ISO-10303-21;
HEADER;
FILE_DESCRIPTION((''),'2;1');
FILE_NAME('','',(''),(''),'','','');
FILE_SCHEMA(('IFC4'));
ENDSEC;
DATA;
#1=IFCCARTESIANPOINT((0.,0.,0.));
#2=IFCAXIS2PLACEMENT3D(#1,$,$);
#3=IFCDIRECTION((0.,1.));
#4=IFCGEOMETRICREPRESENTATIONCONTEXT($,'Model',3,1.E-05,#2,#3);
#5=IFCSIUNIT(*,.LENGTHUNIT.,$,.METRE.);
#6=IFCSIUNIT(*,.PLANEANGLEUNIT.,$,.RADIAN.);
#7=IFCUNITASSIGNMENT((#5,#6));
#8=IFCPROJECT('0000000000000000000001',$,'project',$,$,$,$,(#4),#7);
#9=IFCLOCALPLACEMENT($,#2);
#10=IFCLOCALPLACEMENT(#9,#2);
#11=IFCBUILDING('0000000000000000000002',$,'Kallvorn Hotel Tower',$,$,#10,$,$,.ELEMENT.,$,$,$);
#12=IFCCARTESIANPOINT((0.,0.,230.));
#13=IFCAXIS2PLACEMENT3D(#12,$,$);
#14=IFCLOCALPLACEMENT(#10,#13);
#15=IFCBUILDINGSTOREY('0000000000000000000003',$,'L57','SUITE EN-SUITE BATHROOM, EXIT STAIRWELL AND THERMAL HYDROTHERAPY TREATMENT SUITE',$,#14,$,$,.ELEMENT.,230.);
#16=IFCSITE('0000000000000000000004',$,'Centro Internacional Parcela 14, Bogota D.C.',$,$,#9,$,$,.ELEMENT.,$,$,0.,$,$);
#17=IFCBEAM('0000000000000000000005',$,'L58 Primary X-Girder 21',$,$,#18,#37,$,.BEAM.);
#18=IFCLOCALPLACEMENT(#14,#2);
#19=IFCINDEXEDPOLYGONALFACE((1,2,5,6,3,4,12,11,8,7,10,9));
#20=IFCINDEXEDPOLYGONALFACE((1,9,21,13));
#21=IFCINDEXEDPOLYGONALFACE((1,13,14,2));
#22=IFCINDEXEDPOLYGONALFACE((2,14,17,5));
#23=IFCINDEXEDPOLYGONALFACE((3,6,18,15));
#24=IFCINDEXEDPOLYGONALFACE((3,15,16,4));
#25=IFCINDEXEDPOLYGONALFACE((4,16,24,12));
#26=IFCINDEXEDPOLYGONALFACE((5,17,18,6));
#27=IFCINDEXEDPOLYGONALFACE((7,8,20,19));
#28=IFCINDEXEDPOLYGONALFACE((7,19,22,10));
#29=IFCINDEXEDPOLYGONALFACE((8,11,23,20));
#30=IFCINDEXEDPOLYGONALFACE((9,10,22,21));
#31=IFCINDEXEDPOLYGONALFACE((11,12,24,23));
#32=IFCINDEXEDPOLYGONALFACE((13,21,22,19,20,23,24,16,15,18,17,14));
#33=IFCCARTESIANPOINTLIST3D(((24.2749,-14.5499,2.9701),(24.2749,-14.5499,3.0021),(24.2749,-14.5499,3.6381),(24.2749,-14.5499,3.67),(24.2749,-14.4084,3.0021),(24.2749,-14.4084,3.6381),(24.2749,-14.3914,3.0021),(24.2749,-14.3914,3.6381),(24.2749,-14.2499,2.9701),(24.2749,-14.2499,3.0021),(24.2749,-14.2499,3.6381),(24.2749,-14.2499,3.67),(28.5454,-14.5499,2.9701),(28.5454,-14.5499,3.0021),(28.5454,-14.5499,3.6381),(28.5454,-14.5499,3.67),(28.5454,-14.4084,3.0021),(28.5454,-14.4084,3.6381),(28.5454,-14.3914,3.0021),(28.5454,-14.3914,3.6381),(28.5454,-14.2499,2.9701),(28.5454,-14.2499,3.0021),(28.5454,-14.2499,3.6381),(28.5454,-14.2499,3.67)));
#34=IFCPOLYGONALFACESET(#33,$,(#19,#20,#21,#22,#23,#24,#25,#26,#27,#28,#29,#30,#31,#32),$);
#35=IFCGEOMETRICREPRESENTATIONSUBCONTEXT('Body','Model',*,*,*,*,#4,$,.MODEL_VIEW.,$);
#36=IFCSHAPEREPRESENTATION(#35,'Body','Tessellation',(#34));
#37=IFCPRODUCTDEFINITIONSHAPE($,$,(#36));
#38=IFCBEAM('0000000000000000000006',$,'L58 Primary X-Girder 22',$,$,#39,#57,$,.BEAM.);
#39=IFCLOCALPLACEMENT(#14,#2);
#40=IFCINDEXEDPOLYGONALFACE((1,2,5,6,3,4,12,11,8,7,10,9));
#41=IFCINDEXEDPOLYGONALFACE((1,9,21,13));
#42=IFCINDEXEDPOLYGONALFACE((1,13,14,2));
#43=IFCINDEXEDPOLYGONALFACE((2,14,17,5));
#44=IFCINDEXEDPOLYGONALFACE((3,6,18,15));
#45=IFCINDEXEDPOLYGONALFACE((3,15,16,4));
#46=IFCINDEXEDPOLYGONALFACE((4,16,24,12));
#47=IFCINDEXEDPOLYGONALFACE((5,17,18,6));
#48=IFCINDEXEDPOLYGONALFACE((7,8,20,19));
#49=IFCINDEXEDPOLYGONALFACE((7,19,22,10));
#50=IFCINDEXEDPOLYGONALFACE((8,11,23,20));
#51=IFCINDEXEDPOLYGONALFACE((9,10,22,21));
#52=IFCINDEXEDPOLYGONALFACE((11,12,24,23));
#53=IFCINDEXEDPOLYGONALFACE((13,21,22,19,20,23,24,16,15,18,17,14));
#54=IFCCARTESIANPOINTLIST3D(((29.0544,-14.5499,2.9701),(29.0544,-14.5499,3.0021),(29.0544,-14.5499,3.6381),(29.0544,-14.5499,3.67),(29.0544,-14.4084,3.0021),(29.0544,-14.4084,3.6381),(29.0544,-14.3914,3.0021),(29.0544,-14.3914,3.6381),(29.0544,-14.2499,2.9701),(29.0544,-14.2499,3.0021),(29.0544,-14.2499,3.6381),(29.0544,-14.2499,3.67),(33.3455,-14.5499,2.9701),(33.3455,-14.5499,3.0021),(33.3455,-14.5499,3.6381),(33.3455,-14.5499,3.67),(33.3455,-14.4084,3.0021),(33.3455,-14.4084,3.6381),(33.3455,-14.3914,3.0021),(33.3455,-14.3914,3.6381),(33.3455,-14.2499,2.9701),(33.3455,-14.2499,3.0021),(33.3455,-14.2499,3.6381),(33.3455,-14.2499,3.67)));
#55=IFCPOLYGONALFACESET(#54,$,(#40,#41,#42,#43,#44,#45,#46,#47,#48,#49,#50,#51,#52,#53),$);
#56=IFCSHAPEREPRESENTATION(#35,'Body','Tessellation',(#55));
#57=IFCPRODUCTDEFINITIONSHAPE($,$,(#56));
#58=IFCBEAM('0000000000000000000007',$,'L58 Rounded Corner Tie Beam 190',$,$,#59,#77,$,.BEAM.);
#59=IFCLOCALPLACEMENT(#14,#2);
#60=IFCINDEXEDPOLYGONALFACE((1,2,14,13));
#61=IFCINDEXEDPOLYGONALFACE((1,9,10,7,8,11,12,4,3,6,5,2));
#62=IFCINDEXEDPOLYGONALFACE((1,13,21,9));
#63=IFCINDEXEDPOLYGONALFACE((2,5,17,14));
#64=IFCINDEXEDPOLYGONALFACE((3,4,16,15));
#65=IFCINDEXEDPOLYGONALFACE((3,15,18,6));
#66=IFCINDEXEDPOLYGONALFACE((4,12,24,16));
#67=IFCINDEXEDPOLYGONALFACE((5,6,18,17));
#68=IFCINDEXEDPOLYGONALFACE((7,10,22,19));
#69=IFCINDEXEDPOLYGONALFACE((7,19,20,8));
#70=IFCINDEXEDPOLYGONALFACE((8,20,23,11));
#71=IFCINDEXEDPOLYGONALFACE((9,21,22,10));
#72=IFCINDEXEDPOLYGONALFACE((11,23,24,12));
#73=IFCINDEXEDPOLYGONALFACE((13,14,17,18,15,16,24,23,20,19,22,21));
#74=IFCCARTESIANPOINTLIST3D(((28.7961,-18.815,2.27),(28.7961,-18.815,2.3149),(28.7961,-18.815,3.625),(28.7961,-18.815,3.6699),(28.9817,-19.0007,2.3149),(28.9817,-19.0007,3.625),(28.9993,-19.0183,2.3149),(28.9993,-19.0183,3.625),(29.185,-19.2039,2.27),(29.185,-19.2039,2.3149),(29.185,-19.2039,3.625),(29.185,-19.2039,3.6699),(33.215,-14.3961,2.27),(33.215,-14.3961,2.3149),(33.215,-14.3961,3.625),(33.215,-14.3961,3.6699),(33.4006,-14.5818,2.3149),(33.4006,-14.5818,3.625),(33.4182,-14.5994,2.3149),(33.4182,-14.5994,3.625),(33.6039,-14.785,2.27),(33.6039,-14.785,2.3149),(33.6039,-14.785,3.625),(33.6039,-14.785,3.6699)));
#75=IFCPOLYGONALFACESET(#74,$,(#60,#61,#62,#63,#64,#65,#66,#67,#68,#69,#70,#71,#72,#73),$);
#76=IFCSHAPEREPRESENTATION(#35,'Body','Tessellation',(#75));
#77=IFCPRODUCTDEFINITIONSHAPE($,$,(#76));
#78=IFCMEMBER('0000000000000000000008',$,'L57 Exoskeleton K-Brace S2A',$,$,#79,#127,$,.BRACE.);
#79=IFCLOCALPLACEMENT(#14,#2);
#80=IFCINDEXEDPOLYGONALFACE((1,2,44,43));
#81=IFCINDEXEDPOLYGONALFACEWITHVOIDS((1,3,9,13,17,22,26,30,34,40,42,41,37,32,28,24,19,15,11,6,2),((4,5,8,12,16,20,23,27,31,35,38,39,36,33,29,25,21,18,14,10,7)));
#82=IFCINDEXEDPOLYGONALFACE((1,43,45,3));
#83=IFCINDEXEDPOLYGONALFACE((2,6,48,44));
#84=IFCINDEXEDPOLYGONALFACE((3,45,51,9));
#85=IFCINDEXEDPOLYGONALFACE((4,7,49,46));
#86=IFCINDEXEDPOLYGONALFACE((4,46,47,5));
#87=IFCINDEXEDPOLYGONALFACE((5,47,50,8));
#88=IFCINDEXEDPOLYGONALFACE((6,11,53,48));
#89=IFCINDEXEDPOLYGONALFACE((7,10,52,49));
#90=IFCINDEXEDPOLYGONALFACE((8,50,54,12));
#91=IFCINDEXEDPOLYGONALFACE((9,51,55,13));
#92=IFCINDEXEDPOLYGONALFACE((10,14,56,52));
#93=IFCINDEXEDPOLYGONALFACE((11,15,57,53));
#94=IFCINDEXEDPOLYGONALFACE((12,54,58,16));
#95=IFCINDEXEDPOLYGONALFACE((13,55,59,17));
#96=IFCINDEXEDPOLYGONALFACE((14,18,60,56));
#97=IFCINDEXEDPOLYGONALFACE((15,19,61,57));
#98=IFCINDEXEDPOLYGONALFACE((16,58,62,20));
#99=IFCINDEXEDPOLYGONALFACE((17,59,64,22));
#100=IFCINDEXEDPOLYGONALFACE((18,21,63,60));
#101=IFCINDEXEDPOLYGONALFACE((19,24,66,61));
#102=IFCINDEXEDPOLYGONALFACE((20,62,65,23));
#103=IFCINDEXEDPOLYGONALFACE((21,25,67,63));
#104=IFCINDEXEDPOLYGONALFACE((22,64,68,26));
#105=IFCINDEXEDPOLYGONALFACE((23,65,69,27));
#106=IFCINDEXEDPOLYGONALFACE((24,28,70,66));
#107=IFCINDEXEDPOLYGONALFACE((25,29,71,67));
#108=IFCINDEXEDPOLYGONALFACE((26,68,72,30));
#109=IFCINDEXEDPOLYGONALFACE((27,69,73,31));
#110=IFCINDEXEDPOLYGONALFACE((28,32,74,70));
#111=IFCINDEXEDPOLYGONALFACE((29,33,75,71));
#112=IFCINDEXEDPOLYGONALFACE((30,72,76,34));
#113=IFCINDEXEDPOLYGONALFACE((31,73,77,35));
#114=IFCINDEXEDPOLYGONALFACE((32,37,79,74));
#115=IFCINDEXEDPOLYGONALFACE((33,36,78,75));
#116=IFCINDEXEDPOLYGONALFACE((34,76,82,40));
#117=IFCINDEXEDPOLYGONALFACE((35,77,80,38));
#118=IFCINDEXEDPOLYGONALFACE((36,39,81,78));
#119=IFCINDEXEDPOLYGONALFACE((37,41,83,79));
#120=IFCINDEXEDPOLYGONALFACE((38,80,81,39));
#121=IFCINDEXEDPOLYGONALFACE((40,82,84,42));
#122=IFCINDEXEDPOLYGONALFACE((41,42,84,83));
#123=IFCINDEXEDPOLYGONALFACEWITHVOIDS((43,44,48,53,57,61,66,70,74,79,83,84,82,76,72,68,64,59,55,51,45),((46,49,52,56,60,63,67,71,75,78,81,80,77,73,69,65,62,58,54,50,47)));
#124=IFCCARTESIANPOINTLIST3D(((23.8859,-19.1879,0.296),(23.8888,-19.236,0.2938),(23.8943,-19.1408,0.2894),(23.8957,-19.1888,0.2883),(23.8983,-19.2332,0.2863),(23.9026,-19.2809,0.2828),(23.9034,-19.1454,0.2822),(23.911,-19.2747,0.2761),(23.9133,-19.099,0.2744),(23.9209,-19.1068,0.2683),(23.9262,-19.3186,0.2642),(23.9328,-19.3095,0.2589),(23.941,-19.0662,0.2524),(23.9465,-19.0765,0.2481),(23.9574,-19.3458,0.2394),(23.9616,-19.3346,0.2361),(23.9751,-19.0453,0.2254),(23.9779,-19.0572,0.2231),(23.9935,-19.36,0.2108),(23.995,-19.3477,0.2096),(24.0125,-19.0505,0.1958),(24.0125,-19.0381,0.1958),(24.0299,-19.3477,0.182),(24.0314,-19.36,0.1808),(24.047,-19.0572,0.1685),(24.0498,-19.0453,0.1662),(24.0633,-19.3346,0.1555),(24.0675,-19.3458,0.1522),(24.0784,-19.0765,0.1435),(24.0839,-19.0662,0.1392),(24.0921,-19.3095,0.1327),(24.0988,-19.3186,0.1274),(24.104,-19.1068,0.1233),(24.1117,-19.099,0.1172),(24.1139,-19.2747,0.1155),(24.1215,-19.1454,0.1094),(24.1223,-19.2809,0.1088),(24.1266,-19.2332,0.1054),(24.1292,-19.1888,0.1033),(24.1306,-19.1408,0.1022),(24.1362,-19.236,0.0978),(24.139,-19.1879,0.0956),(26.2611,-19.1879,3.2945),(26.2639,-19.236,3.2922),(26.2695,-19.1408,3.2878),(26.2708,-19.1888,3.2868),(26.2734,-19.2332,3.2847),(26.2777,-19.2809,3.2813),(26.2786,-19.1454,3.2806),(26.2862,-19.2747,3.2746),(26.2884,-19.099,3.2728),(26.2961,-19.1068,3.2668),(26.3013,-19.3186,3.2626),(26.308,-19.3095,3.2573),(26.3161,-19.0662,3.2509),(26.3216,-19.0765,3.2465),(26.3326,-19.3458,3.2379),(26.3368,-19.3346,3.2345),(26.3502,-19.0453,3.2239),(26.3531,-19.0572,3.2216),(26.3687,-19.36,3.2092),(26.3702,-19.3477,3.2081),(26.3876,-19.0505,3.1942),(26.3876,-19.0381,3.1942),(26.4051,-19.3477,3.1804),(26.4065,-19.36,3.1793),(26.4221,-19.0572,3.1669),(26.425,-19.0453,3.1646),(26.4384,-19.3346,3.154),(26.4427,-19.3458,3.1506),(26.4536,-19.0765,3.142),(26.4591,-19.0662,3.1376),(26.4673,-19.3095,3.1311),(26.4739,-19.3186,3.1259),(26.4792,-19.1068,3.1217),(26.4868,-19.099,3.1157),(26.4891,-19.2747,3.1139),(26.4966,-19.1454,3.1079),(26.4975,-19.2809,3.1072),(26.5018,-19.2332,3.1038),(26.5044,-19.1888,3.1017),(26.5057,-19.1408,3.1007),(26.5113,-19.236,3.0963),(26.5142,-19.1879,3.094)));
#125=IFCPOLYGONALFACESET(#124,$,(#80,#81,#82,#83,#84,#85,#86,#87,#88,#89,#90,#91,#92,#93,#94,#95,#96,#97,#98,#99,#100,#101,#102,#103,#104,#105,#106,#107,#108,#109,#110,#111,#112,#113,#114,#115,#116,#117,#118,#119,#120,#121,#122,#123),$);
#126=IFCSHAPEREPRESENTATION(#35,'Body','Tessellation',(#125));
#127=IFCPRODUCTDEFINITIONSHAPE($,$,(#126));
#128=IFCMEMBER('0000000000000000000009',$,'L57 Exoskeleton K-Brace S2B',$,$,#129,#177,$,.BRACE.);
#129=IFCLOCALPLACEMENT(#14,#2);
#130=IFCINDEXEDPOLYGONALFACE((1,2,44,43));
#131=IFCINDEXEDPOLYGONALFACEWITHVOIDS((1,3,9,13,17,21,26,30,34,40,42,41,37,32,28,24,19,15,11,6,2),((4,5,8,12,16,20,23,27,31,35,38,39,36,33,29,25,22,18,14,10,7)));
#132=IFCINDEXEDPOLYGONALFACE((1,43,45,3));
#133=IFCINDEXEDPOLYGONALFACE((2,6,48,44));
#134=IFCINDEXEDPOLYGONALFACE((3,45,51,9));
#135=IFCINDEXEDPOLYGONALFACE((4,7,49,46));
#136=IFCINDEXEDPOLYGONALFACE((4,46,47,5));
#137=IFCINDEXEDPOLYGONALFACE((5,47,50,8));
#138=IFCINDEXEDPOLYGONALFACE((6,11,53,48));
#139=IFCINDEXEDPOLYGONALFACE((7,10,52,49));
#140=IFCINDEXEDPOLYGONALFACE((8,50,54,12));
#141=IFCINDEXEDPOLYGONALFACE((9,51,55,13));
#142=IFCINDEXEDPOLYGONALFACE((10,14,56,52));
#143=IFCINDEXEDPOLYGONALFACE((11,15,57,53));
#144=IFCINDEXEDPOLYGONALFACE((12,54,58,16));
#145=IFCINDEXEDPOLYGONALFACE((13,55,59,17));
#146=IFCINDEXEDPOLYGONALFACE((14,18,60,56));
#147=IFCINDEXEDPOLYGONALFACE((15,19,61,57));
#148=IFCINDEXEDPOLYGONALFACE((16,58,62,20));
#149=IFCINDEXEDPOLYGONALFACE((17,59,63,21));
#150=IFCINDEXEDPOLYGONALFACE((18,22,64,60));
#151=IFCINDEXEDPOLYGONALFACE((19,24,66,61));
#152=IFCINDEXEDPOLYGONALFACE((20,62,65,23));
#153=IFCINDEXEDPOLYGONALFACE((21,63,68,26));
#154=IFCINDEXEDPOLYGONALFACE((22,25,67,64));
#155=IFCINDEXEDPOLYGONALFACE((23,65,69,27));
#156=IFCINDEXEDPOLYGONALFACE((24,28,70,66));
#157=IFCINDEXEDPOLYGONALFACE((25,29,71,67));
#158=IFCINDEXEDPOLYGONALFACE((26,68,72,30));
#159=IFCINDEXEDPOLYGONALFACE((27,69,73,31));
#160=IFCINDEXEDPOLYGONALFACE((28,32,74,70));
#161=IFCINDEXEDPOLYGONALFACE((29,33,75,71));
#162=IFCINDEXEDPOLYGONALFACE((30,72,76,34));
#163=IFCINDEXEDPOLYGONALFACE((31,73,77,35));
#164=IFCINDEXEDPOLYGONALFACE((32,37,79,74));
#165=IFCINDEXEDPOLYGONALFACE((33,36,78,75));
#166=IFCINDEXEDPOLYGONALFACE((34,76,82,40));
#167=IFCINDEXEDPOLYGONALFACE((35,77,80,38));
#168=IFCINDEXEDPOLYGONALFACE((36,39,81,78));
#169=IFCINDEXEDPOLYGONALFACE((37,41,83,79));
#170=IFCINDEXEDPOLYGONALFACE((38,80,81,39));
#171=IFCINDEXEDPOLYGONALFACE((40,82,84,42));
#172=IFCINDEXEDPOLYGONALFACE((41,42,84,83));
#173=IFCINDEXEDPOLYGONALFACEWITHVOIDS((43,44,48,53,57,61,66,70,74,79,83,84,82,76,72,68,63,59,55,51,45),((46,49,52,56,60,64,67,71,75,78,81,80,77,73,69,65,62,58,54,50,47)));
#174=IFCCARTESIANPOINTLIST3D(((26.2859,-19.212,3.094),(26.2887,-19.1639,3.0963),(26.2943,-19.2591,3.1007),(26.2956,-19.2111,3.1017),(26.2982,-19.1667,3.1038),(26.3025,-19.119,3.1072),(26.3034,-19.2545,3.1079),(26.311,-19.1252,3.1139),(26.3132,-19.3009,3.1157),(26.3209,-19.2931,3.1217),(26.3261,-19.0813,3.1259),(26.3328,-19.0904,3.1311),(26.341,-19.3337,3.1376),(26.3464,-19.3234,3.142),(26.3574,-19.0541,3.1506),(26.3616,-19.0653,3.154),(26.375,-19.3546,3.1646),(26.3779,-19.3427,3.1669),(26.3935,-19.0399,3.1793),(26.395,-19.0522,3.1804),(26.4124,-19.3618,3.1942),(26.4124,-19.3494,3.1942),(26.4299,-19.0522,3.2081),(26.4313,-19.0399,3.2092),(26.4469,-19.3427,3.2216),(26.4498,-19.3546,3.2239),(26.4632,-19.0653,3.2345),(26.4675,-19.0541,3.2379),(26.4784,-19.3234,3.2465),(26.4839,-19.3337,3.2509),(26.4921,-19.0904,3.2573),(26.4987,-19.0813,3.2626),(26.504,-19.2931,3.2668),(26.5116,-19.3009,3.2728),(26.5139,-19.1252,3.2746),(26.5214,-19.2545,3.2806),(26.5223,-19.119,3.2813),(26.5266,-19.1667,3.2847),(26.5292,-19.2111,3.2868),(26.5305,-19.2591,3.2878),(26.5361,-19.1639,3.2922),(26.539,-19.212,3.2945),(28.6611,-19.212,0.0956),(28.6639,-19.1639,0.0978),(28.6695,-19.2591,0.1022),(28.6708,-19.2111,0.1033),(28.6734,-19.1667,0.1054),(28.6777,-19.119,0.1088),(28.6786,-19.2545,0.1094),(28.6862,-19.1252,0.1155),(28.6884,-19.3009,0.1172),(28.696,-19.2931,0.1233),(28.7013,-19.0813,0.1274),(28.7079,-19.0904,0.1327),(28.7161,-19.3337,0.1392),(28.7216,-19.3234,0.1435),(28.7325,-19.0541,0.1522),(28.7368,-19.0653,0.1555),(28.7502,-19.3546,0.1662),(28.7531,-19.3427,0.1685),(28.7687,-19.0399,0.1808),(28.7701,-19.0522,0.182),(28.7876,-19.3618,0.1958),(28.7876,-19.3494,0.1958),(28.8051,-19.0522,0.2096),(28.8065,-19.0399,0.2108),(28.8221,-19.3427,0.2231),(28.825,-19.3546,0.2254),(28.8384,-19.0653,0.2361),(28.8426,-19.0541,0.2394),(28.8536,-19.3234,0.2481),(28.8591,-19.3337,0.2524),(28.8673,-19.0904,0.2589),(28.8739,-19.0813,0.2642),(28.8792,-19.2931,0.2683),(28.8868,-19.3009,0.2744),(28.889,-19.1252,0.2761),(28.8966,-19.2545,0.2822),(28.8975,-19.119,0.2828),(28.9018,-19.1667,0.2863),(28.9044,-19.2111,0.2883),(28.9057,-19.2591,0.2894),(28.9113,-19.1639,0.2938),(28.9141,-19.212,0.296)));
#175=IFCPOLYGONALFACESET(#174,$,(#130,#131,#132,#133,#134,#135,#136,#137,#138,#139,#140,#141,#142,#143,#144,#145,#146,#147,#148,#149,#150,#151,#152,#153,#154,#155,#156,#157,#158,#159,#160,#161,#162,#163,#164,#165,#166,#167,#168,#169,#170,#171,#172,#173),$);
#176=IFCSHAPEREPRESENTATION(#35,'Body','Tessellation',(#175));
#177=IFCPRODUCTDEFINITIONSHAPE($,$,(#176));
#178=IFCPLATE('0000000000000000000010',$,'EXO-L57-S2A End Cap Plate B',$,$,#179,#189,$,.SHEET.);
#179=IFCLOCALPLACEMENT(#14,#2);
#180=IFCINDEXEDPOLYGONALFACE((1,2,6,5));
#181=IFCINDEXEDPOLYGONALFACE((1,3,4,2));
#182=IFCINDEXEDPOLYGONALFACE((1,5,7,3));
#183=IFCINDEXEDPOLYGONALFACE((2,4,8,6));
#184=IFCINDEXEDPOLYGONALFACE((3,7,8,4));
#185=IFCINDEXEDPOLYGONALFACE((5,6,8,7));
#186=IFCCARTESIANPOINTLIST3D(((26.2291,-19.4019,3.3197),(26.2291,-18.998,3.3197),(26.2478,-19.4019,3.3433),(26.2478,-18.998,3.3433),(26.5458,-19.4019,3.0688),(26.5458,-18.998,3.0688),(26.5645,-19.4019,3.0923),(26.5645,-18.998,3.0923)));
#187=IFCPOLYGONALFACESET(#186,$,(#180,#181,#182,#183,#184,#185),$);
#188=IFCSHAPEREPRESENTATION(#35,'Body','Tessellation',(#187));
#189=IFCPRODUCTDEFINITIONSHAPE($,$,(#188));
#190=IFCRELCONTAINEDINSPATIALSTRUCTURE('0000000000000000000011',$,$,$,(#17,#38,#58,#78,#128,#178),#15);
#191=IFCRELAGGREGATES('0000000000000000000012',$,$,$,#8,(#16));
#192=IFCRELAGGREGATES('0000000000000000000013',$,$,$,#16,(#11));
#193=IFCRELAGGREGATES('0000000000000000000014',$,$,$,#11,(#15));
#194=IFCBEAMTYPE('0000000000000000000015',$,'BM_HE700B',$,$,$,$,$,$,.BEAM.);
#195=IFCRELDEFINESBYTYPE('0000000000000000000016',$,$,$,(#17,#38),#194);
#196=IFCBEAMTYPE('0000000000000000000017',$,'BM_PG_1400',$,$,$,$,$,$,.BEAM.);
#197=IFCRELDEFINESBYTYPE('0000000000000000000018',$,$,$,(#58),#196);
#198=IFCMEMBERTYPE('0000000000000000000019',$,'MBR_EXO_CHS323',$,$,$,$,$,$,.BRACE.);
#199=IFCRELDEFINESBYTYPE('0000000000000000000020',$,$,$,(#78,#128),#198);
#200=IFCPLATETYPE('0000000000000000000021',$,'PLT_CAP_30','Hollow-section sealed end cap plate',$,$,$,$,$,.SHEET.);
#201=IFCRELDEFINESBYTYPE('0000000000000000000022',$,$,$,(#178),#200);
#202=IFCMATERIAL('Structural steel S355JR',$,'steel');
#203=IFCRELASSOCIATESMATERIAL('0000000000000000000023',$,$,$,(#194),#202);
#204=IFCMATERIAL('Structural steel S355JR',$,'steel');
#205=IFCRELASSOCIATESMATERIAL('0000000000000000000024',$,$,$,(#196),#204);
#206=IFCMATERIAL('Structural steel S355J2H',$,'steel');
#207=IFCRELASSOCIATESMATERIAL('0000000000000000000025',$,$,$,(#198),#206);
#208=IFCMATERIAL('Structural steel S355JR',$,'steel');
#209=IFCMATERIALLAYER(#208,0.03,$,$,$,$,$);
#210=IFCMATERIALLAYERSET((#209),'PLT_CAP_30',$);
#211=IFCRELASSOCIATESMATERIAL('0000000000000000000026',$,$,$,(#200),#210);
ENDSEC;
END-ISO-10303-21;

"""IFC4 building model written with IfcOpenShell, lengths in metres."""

from ifc_helpers import new_model, si_unit, direction, frame, origin, origin_2d, place, context, subcontext, project, spatial, polyline, hollow_circle, i_section, outline, extrude, material, layer, layer_set, material_profile, profile_set, type_object, element, save


model = new_model("IFC4")

# Units and contexts
model_context = context("Model", 3, precision=1e-05, world=origin(), true_north=direction((0.0, 1.0)))
body_context = subcontext(model_context, "Body", "Model", "MODEL_VIEW")
ifc_project = project(units=[si_unit("LENGTHUNIT", "METRE"), si_unit("PLANEANGLEUNIT", "RADIAN")], contexts=[model_context])

# Site, building, storey
site_placement = place(None, origin())
site = spatial("IfcSite", under=ifc_project, at=site_placement, Name="Centro Internacional Parcela 14, Bogota D.C.", CompositionType="ELEMENT", RefElevation=0.0)
building_placement = place(site_placement, origin())
building = spatial("IfcBuilding", under=site, at=building_placement, Name="Kallvorn Hotel Tower", CompositionType="ELEMENT")
storey_placement = place(building_placement, frame((0.0, 0.0, 230.0)))
storey = spatial("IfcBuildingStorey", under=building, at=storey_placement, Name="L57", Description="SUITE EN-SUITE BATHROOM, EXIT STAIRWELL AND THERMAL HYDROTHERAPY TREATMENT SUITE", CompositionType="ELEMENT", Elevation=230.0)

# Beams
ifc_material_1 = material(Name="Structural steel S355JR", Category="steel")
ifc_material_profile_1 = material_profile(ifc_material_1, i_section(OverallWidth=0.3, OverallDepth=0.7, WebThickness=0.0171, FlangeThickness=0.032, at=origin_2d()), Name="HE 700 B")
ifc_profile_set_1 = profile_set([ifc_material_profile_1], Name="Structural steel S355JR")
beam_type_1 = type_object("IfcBeamType", Name="BM_HE700B", PredefinedType="BEAM", material=ifc_profile_set_1)
for number, where, z_axis, x_axis, name in (
    (1, (24.2749, -14.3999, 3.3201), (1.0, 0.0, 0.0), (0.0, 1.0, 0.0), "L58 Primary X-Girder 21"),
):
    element("IfcBeam", number, at=place(storey_placement, frame(where, z_axis=z_axis, x_axis=x_axis)), inside=storey, type_object=beam_type_1, Name=name, PredefinedType="BEAM", context=body_context, shape_type="SweptSolid", body=[
        extrude(i_section(OverallWidth=0.3, OverallDepth=0.7, WebThickness=0.0171, FlangeThickness=0.032, at=origin_2d()), origin(), (0.0, 0.0, 1.0), 4.2705),
    ])
beam_1_placement = place(storey_placement, frame((29.0544, -14.3999, 3.3201), z_axis=(1.0, 0.0, 0.0), x_axis=(0.0, 1.0, 0.0)))
element("IfcBeam", 2, at=beam_1_placement, inside=storey, type_object=beam_type_1, Name="L58 Primary X-Girder 22", PredefinedType="BEAM", context=body_context, shape_type="SweptSolid", body=[
    extrude(i_section(OverallWidth=0.3, OverallDepth=0.7, WebThickness=0.0171, FlangeThickness=0.032, at=origin_2d()), origin(), (0.0, 0.0, 1.0), 4.291),
])
ifc_material_2 = material(Name="Structural steel S355JR", Category="steel")
ifc_material_profile_2 = material_profile(ifc_material_2, i_section(OverallWidth=0.55, OverallDepth=1.3999, WebThickness=0.0249, FlangeThickness=0.0449, at=origin_2d()), Name="PG 1400x550x25x45")
ifc_profile_set_2 = profile_set([ifc_material_profile_2], Name="Structural steel S355JR")
beam_type_2 = type_object("IfcBeamType", Name="BM_PG_1400", PredefinedType="BEAM", material=ifc_profile_set_2)
beam_2_placement = place(storey_placement, frame((33.4094, -14.5906, 2.97), z_axis=(-0.707107, -0.707107, 0.0), x_axis=(0.707107, -0.707107, 0.0)))
element("IfcBeam", 3, at=beam_2_placement, inside=storey, type_object=beam_type_2, Name="L58 Rounded Corner Tie Beam 190", PredefinedType="BEAM", context=body_context, shape_type="SweptSolid", body=[
    extrude(i_section(OverallWidth=0.55, OverallDepth=1.3999, WebThickness=0.0249, FlangeThickness=0.0449, at=origin_2d()), origin(), (0.0, 0.0, 1.0), 6.2493),
])

# Members
ifc_material_3 = material(Name="Structural steel S355J2H", Category="steel")
ifc_material_profile_3 = material_profile(ifc_material_3, hollow_circle(Radius=0.1619, WallThickness=0.0125, at=origin_2d()), Name="CHS 323.9x12.5")
ifc_profile_set_3 = profile_set([ifc_material_profile_3], Name="Structural steel S355J2H")
member_type = type_object("IfcMemberType", Name="MBR_EXO_CHS323", PredefinedType="BRACE", material=ifc_profile_set_3)
for number, where, z_axis, x_axis, name in (
    (4, (24.0125, -19.2, 0.1958), (0.620929, 0.0, 0.783867), (0.0, 1.0, 0.0), "L57 Exoskeleton K-Brace S2A"),
    (5, (28.7876, -19.2, 0.1958), (-0.620929, 0.0, 0.783867), (0.0, -1.0, 0.0), "L57 Exoskeleton K-Brace S2B"),
):
    element("IfcMember", number, at=place(storey_placement, frame(where, z_axis=z_axis, x_axis=x_axis)), inside=storey, type_object=member_type, Name=name, PredefinedType="BRACE", context=body_context, shape_type="SweptSolid", body=[
        extrude(hollow_circle(Radius=0.1619, WallThickness=0.0125, at=origin_2d()), origin(), (0.0, 0.0, 1.0), 3.8252),
    ])

# Plate
ifc_material_4 = material(Name="Structural steel S355JR", Category="steel")
ifc_layer_1 = layer(ifc_material_4, 0.03)
ifc_layer_set_1 = layer_set([ifc_layer_1], Name="PLT_CAP_30")
plate_type_1 = type_object("IfcPlateType", Name="PLT_CAP_30", Description="Hollow-section sealed end cap plate", PredefinedType="SHEET", material=ifc_layer_set_1)
plate_1_placement = place(storey_placement, frame((26.5645, -19.4019, 3.0923), z_axis=(0.621152, 0.0, 0.78369), x_axis=(0.0, 1.0, 0.0)))
element("IfcPlate", 6, at=plate_1_placement, inside=storey, type_object=plate_type_1, Name="EXO-L57-S2A End Cap Plate B", PredefinedType="SHEET", context=body_context, shape_type="SweptSolid", body=[
    extrude(outline(polyline([(0.0, 0.0), (0.4038, 0.0), (0.4038, 0.4041), (0.0, 0.4041), (0.0, 0.0)])), origin(), (0.0, 0.0, -1.0), 0.03),
])

save(model, "model.ifc")
